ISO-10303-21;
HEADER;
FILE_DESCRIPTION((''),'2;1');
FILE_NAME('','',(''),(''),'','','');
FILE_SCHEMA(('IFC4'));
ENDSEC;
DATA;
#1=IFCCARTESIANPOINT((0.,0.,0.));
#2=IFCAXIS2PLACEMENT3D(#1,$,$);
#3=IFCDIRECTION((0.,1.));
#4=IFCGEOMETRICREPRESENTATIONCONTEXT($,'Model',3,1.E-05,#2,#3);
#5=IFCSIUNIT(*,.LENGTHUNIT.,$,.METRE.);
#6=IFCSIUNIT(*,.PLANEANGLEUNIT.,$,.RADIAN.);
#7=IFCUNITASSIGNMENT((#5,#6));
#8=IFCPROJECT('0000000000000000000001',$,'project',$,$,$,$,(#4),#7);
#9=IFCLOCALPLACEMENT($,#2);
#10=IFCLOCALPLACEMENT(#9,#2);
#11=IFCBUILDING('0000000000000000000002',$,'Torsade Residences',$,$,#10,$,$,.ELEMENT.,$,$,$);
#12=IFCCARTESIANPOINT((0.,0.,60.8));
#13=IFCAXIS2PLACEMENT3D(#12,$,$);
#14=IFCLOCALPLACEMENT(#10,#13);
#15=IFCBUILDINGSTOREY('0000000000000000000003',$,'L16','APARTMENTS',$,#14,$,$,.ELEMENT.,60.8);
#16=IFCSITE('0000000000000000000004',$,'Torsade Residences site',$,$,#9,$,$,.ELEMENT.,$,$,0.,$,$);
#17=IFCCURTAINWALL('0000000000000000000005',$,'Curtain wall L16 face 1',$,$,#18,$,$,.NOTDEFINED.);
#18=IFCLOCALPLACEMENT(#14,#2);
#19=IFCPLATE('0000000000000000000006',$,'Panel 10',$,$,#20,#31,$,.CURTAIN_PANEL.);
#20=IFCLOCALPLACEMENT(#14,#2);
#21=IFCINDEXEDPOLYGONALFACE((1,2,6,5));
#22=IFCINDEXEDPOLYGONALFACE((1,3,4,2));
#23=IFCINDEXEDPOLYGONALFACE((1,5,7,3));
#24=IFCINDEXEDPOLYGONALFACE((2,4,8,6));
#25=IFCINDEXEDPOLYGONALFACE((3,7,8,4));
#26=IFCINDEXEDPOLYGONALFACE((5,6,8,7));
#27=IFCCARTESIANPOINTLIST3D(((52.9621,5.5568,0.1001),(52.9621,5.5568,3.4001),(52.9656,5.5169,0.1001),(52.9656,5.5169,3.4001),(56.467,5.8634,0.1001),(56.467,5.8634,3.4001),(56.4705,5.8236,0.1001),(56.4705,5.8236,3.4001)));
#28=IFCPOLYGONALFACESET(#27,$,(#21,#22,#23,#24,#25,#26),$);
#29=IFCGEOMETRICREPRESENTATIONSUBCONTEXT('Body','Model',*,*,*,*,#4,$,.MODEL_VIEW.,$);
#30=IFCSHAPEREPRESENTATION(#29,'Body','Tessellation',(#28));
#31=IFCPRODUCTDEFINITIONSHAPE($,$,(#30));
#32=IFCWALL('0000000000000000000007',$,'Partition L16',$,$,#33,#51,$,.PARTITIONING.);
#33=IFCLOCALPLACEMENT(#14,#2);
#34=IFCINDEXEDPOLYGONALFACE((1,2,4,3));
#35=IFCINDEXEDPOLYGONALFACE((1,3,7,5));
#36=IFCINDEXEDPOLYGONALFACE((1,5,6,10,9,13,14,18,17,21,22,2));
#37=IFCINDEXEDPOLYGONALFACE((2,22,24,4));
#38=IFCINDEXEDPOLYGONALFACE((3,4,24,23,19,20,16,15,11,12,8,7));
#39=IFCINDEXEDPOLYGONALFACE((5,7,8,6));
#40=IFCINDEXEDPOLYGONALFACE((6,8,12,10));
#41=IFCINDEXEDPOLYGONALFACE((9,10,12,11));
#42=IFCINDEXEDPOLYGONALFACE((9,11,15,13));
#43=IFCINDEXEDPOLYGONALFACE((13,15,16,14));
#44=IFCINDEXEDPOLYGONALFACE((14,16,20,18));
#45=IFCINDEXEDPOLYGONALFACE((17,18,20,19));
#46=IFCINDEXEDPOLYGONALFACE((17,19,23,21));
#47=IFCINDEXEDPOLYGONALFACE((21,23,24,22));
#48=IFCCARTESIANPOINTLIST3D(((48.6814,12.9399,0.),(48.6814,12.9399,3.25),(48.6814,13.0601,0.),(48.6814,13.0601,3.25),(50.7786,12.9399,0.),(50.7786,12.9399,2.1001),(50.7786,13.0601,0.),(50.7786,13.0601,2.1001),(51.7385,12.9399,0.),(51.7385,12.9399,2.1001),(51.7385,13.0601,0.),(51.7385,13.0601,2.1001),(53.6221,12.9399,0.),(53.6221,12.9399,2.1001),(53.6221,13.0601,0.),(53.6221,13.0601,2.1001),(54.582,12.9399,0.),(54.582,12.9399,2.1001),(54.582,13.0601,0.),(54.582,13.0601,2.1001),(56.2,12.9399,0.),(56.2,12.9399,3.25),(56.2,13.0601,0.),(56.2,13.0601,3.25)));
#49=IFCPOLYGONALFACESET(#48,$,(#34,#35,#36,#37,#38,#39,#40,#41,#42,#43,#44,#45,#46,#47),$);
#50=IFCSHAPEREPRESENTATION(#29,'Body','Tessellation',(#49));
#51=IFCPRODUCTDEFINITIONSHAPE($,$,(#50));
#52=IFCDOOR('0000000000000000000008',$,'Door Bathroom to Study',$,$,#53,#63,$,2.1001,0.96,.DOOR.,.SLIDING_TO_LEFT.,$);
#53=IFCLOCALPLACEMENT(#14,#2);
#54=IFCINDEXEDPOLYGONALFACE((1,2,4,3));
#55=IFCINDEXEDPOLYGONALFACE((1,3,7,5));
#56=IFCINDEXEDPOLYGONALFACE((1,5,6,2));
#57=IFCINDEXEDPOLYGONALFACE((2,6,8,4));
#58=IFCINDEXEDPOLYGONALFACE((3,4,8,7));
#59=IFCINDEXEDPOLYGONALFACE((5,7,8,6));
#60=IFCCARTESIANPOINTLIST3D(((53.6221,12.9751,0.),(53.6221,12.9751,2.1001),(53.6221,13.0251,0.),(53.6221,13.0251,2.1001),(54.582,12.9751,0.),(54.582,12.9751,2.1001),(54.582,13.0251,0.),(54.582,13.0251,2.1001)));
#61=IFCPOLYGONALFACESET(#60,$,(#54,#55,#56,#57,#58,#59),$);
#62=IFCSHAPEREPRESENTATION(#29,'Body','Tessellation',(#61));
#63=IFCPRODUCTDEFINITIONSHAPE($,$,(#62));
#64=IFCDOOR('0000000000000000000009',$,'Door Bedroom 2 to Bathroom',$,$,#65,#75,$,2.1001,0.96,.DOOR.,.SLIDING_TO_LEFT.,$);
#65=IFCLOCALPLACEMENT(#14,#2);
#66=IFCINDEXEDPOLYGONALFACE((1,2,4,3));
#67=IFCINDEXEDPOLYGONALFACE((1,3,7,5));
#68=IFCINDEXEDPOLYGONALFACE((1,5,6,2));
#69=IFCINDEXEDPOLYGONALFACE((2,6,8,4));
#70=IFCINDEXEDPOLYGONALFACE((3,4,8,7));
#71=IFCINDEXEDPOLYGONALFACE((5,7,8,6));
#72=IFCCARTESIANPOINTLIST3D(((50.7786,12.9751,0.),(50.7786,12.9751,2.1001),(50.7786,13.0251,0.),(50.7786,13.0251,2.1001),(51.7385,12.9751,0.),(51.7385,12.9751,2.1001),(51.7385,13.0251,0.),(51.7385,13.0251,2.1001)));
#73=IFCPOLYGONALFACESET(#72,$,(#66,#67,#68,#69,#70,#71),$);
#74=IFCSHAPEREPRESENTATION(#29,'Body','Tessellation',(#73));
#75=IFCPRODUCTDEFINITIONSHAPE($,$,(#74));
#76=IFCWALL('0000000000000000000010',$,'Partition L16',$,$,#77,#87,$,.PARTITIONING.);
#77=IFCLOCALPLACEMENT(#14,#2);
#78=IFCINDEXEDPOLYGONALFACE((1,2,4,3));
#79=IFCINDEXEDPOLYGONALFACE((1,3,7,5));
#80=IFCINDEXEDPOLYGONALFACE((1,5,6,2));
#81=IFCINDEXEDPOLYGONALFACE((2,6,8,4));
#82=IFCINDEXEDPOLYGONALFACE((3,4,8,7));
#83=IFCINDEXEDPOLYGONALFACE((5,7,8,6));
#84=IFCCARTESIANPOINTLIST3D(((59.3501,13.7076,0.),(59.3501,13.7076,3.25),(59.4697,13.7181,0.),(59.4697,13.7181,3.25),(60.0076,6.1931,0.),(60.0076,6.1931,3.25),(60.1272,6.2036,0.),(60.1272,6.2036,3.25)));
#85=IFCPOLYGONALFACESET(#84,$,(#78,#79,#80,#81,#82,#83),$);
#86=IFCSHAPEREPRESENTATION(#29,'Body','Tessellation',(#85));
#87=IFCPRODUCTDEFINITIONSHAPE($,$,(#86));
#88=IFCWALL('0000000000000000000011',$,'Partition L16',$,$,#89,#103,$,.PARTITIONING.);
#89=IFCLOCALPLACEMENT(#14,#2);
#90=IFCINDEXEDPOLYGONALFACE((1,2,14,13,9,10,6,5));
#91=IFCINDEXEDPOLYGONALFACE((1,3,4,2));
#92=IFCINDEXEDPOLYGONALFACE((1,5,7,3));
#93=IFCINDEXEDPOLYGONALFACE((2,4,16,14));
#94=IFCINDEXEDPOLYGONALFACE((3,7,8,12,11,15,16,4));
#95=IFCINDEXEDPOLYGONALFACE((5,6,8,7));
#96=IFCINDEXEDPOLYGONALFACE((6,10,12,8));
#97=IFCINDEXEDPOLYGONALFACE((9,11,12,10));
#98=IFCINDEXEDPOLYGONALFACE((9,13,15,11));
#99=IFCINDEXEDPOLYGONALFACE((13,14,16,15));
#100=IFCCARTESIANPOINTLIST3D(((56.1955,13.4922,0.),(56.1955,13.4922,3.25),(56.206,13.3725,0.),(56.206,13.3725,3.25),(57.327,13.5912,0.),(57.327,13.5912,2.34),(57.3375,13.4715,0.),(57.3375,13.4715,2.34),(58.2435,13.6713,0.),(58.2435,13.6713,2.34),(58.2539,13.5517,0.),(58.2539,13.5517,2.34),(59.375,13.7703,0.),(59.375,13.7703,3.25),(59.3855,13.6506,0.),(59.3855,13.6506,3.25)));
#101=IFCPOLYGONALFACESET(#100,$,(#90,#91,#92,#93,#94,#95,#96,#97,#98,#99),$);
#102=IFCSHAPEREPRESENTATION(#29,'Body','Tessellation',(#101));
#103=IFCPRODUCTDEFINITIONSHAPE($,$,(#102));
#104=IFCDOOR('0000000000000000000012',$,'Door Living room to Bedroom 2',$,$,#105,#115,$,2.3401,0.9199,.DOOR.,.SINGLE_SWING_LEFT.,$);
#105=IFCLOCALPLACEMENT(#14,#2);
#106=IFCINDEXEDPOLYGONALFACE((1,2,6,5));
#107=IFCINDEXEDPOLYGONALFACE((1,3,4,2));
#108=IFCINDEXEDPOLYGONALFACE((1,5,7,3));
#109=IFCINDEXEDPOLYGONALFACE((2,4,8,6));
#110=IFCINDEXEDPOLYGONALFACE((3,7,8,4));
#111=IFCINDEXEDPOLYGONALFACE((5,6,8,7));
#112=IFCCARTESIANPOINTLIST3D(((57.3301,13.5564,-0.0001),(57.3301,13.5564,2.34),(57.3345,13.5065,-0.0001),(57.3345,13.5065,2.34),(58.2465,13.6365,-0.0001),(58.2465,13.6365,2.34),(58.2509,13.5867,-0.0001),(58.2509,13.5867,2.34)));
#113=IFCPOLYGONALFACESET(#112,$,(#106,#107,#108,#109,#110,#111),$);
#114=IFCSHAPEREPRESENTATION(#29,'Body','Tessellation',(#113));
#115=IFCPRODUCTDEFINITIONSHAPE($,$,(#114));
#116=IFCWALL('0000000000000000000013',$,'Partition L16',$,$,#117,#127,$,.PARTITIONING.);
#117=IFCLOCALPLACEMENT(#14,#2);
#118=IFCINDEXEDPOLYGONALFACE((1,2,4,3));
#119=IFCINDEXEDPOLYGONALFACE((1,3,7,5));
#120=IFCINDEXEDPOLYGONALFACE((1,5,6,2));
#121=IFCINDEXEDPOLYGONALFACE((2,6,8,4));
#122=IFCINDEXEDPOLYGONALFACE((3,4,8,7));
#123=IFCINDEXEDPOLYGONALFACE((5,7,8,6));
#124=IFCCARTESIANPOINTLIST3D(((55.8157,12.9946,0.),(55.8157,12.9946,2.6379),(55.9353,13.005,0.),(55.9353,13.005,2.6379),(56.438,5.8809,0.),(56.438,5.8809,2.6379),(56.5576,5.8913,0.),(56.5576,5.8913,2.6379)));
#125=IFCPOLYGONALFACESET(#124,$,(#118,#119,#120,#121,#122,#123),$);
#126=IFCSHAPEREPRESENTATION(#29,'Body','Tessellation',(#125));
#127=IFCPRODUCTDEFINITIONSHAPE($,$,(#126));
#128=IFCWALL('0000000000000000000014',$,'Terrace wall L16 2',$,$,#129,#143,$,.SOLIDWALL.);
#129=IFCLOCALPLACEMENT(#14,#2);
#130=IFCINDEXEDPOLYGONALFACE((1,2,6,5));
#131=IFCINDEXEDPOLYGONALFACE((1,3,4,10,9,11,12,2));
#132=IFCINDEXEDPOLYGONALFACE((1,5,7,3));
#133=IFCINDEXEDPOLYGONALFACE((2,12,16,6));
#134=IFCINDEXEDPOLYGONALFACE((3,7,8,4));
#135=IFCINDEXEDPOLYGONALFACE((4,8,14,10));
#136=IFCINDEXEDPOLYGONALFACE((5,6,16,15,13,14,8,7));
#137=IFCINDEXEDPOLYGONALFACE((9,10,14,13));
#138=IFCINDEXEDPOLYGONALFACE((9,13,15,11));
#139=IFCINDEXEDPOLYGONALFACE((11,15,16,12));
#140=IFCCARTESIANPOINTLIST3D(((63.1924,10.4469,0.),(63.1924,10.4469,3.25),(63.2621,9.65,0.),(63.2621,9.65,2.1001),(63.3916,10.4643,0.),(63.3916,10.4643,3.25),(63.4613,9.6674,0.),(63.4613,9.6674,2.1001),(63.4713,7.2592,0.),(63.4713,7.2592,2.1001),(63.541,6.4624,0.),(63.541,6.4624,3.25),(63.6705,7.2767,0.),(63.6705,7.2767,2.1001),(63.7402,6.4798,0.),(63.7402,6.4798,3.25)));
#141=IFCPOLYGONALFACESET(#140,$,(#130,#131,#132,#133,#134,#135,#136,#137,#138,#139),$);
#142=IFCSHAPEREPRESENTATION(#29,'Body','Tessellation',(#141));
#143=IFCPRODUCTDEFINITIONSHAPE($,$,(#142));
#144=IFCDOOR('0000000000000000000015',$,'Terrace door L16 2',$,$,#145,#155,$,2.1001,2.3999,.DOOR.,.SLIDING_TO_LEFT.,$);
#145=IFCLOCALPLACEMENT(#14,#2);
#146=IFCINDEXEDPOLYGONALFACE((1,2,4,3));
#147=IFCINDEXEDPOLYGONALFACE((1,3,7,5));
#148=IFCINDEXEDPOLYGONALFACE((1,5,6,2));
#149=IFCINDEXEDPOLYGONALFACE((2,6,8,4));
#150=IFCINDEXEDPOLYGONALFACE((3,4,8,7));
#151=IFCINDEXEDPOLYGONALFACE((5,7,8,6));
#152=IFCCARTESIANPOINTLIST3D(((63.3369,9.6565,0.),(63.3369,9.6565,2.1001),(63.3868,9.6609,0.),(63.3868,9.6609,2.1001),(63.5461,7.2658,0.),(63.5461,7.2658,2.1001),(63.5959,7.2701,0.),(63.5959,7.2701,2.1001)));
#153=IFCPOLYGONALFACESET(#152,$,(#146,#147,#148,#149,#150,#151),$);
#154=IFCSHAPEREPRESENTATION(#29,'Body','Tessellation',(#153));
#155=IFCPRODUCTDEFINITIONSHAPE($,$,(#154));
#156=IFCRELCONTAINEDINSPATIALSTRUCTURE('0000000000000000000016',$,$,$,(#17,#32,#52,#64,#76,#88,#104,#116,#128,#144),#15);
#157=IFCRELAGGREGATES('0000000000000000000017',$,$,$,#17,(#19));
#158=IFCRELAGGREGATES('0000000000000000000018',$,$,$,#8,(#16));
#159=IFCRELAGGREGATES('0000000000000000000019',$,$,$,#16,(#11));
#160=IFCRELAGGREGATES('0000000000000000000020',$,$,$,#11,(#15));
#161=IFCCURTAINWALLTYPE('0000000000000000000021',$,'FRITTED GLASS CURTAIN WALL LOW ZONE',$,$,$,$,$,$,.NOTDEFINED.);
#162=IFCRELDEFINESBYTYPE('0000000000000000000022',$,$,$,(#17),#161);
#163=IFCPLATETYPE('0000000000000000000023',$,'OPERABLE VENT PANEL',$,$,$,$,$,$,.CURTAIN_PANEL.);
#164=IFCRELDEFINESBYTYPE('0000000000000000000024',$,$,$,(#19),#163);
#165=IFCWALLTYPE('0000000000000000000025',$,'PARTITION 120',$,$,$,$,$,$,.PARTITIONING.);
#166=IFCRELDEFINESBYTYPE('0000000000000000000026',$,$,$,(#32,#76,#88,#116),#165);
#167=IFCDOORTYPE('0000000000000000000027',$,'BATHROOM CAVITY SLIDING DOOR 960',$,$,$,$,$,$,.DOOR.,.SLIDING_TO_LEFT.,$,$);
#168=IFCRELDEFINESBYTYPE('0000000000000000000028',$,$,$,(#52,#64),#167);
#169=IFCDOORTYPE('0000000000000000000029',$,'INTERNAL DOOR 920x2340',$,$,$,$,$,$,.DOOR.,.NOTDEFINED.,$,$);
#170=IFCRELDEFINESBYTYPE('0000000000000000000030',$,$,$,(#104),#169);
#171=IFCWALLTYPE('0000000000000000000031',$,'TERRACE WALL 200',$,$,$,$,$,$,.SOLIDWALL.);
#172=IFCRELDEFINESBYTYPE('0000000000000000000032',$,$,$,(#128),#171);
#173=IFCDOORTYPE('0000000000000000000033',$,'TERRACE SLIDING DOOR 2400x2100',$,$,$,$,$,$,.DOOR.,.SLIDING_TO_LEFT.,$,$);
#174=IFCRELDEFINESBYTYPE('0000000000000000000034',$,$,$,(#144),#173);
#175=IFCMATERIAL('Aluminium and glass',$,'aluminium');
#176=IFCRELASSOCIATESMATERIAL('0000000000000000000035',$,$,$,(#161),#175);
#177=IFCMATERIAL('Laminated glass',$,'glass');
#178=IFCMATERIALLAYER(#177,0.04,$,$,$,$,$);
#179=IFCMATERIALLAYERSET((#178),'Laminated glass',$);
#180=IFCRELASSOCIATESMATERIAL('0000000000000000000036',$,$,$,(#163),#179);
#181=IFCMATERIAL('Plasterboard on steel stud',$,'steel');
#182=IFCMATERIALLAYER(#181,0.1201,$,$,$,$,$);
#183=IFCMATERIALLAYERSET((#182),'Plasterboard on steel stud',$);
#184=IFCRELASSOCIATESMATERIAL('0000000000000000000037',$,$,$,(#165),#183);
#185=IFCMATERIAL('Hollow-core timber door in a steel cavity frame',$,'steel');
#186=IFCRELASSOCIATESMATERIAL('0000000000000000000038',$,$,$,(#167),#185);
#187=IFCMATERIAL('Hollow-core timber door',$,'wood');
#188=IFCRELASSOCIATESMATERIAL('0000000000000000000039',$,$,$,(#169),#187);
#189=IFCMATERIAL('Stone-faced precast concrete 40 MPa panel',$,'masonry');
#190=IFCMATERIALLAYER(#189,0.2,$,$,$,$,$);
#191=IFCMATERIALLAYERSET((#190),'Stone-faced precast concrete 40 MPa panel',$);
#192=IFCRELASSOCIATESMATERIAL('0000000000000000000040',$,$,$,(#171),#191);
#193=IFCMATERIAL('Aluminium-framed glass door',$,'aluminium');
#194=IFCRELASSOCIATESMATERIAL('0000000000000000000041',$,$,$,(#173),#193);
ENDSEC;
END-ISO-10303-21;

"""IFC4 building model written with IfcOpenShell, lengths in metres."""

from ifc_helpers import new_model, si_unit, direction, frame, frame_2d, origin, origin_2d, place, context, subcontext, project, spatial, rectangle, extrude, material, layer, layer_set, type_object, element, fill, aggregate, save


model = new_model("IFC4")

# Units and contexts
model_context = context("Model", 3, precision=1e-05, world=origin(), true_north=direction((0.0, 1.0)))
body_context = subcontext(model_context, "Body", "Model", "MODEL_VIEW")
ifc_project = project(units=[si_unit("LENGTHUNIT", "METRE"), si_unit("PLANEANGLEUNIT", "RADIAN")], contexts=[model_context])

# Site, building, storey
site_placement = place(None, origin())
site = spatial("IfcSite", under=ifc_project, at=site_placement, Name="Torsade Residences site", CompositionType="ELEMENT", RefElevation=0.0)
building_placement = place(site_placement, origin())
building = spatial("IfcBuilding", under=site, at=building_placement, Name="Torsade Residences", CompositionType="ELEMENT")
storey_placement = place(building_placement, frame((0.0, 0.0, 60.8)))
storey = spatial("IfcBuildingStorey", under=building, at=storey_placement, Name="L16", Description="APARTMENTS", CompositionType="ELEMENT", Elevation=60.8)

# Curtain wall
ifc_material_1 = material(Name="Aluminium and glass", Category="aluminium")
curtain_wall_type = type_object("IfcCurtainWallType", Name="FRITTED GLASS CURTAIN WALL LOW ZONE", PredefinedType="NOTDEFINED", material=ifc_material_1)
curtain_wall_1_placement = place(storey_placement, origin())
curtain_wall_1 = element("IfcCurtainWall", 1, at=curtain_wall_1_placement, inside=storey, type_object=curtain_wall_type, Name="Curtain wall L16 face 1", PredefinedType="NOTDEFINED")

# Plate
ifc_material_2 = material(Name="Laminated glass", Category="glass")
ifc_layer_1 = layer(ifc_material_2, 0.04)
ifc_layer_set_1 = layer_set([ifc_layer_1], Name="Laminated glass")
plate_type_1 = type_object("IfcPlateType", Name="OPERABLE VENT PANEL", PredefinedType="CURTAIN_PANEL", material=ifc_layer_set_1)
plate_1_placement = place(storey_placement, frame((54.7163, 5.6902, 0.1001), z_axis=(0.0, 0.0, 1.0), x_axis=(0.996195, 0.087156, 0.0)))
plate_1 = element("IfcPlate", 2, at=plate_1_placement, type_object=plate_type_1, Name="Panel 10", PredefinedType="CURTAIN_PANEL", context=body_context, shape_type="SweptSolid", body=[
    extrude(rectangle(XDim=3.5183, YDim=0.04, at=origin_2d()), origin(), (0.0, 0.0, 1.0), 3.3),
])
aggregate(curtain_wall_1, [plate_1])

# Wall, openings, doors
ifc_material_3 = material(Name="Plasterboard on steel stud", Category="steel")
ifc_layer_2 = layer(ifc_material_3, 0.1201)
ifc_layer_set_2 = layer_set([ifc_layer_2], Name="Plasterboard on steel stud")
wall_type_1 = type_object("IfcWallType", Name="PARTITION 120", PredefinedType="PARTITIONING", material=ifc_layer_set_2)
wall_1_placement = place(storey_placement, frame((56.2, 13.0, 0.0), z_axis=(0.0, 0.0, 1.0), x_axis=(-1.0, 0.0, 0.0)))
wall_1 = element("IfcWall", 3, at=wall_1_placement, inside=storey, type_object=wall_type_1, Name="Partition L16", PredefinedType="PARTITIONING", context=body_context, shape_type="SweptSolid", body=[
    extrude(rectangle(XDim=7.5186, YDim=0.1201, at=frame_2d((3.7593, 0.0))), origin(), (0.0, 0.0, 1.0), 3.25),
])
opening_1_placement = place(wall_1_placement, frame((1.6179, 0.0, 0.0)))
opening_1 = element("IfcOpeningElement", 4, at=opening_1_placement, cuts=wall_1, PredefinedType="OPENING", context=body_context, shape_type="SweptSolid", body=[
    extrude(rectangle(XDim=0.96, YDim=2.1001, at=frame_2d((0.48, 1.05))), frame((0.0, 0.0701, 0.0), z_axis=(0.0, -1.0, 0.0), x_axis=(1.0, 0.0, 0.0)), (0.0, 0.0, 1.0), 0.1401),
])
opening_2_placement = place(wall_1_placement, frame((4.4614, 0.0, 0.0)))
opening_2 = element("IfcOpeningElement", 5, at=opening_2_placement, cuts=wall_1, PredefinedType="OPENING", context=body_context, shape_type="SweptSolid", body=[
    extrude(rectangle(XDim=0.96, YDim=2.1001, at=frame_2d((0.48, 1.05))), frame((0.0, 0.0701, 0.0), z_axis=(0.0, -1.0, 0.0), x_axis=(1.0, 0.0, 0.0)), (0.0, 0.0, 1.0), 0.1401),
])
ifc_material_4 = material(Name="Hollow-core timber door in a steel cavity frame", Category="steel")
door_type_1 = type_object("IfcDoorType", Name="BATHROOM CAVITY SLIDING DOOR 960", OperationType="SLIDING_TO_LEFT", PredefinedType="DOOR", material=ifc_material_4)
door_1_placement = place(opening_1_placement, origin())
door_1 = element("IfcDoor", 6, at=door_1_placement, inside=storey, type_object=door_type_1, Name="Door Bathroom to Study", OperationType="SLIDING_TO_LEFT", OverallHeight=2.1001, OverallWidth=0.96, PredefinedType="DOOR", context=body_context, shape_type="SweptSolid", body=[
    extrude(rectangle(XDim=0.96, YDim=2.1001, at=frame_2d((0.48, 1.05))), frame((0.0, 0.0249, 0.0), z_axis=(0.0, -1.0, 0.0), x_axis=(1.0, 0.0, 0.0)), (0.0, 0.0, 1.0), 0.05),
])
fill(opening_1, door_1)
door_2_placement = place(opening_2_placement, origin())
door_2 = element("IfcDoor", 7, at=door_2_placement, inside=storey, type_object=door_type_1, Name="Door Bedroom 2 to Bathroom", OperationType="SLIDING_TO_LEFT", OverallHeight=2.1001, OverallWidth=0.96, PredefinedType="DOOR", context=body_context, shape_type="SweptSolid", body=[
    extrude(rectangle(XDim=0.96, YDim=2.1001, at=frame_2d((0.48, 1.05))), frame((0.0, 0.0249, 0.0), z_axis=(0.0, -1.0, 0.0), x_axis=(1.0, 0.0, 0.0)), (0.0, 0.0, 1.0), 0.05),
])
fill(opening_2, door_2)

# Wall
wall_2_placement = place(storey_placement, frame((60.0674, 6.1985, 0.0), z_axis=(0.0, 0.0, 1.0), x_axis=(-0.087162, 0.996194, 0.0)))
element("IfcWall", 8, at=wall_2_placement, inside=storey, type_object=wall_type_1, Name="Partition L16", PredefinedType="PARTITIONING", context=body_context, shape_type="SweptSolid", body=[
    extrude(rectangle(XDim=7.5432, YDim=0.1201, at=frame_2d((3.7715, 0.0))), origin(), (0.0, 0.0, 1.0), 3.25),
])

# Wall, opening, door
wall_3_placement = place(storey_placement, frame((59.3801, 13.7104, 0.0), z_axis=(0.0, 0.0, 1.0), x_axis=(-0.996197, -0.087128, 0.0)))
wall_3 = element("IfcWall", 9, at=wall_3_placement, inside=storey, type_object=wall_type_1, Name="Partition L16", PredefinedType="PARTITIONING", context=body_context, shape_type="SweptSolid", body=[
    extrude(rectangle(XDim=3.1917, YDim=0.1201, at=frame_2d((1.5957, 0.0))), origin(), (0.0, 0.0, 1.0), 3.25),
])
opening_3_placement = place(wall_3_placement, frame((1.1357, 0.0, 0.0)))
opening_3 = element("IfcOpeningElement", 10, at=opening_3_placement, cuts=wall_3, PredefinedType="OPENING", context=body_context, shape_type="SweptSolid", body=[
    extrude(rectangle(XDim=0.9199, YDim=2.3401, at=frame_2d((0.46, 1.1699))), frame((0.0, 0.0701, 0.0), z_axis=(0.0, -1.0, 0.0), x_axis=(1.0, 0.0, 0.0)), (0.0, 0.0, 1.0), 0.1401),
])
ifc_material_5 = material(Name="Hollow-core timber door", Category="wood")
door_type_2 = type_object("IfcDoorType", Name="INTERNAL DOOR 920x2340", OperationType="NOTDEFINED", PredefinedType="DOOR", material=ifc_material_5)
door_3_placement = place(opening_3_placement, origin())
door_3 = element("IfcDoor", 11, at=door_3_placement, inside=storey, type_object=door_type_2, Name="Door Living room to Bedroom 2", OperationType="SINGLE_SWING_LEFT", OverallHeight=2.3401, OverallWidth=0.9199, PredefinedType="DOOR", context=body_context, shape_type="SweptSolid", body=[
    extrude(rectangle(XDim=0.9199, YDim=2.3401, at=frame_2d((0.46, 1.1699))), frame((0.0, 0.0249, 0.0), z_axis=(0.0, -1.0, 0.0), x_axis=(1.0, 0.0, 0.0)), (0.0, 0.0, 1.0), 0.05),
])
fill(opening_3, door_3)

# Wall
wall_4_placement = place(storey_placement, frame((56.4978, 5.8862, 0.0), z_axis=(0.0, 0.0, 1.0), x_axis=(-0.087147, 0.996195, 0.0)))
element("IfcWall", 12, at=wall_4_placement, inside=storey, type_object=wall_type_1, Name="Partition L16", PredefinedType="PARTITIONING", context=body_context, shape_type="SweptSolid", body=[
    extrude(rectangle(XDim=7.1409, YDim=0.1201, at=frame_2d((3.5703, 0.0))), origin(), (0.0, 0.0, 1.0), 2.6379),
])

# Wall, opening, door
ifc_material_6 = material(Name="Stone-faced precast concrete 40 MPa panel", Category="masonry")
ifc_layer_3 = layer(ifc_material_6, 0.2)
ifc_layer_set_3 = layer_set([ifc_layer_3], Name="Stone-faced precast concrete 40 MPa panel")
wall_type_2 = type_object("IfcWallType", Name="TERRACE WALL 200", PredefinedType="SOLIDWALL", material=ifc_layer_set_3)
wall_5_placement = place(storey_placement, frame((63.6406, 6.4709, 0.0), z_axis=(0.0, 0.0, 1.0), x_axis=(-0.087162, 0.996194, 0.0)))
wall_5 = element("IfcWall", 13, at=wall_5_placement, inside=storey, type_object=wall_type_2, Name="Terrace wall L16 2", PredefinedType="SOLIDWALL", context=body_context, shape_type="SweptSolid", body=[
    extrude(rectangle(XDim=3.9998, YDim=0.2, at=frame_2d((2.0, 0.0))), origin(), (0.0, 0.0, 1.0), 3.25),
])
opening_4_placement = place(wall_5_placement, frame((0.8, 0.0, 0.0)))
opening_4 = element("IfcOpeningElement", 14, at=opening_4_placement, cuts=wall_5, PredefinedType="OPENING", context=body_context, shape_type="SweptSolid", body=[
    extrude(rectangle(XDim=2.3999, YDim=2.1001, at=frame_2d((1.2, 1.05))), frame((0.0, 0.1099, 0.0), z_axis=(0.0, -1.0, 0.0), x_axis=(1.0, 0.0, 0.0)), (0.0, 0.0, 1.0), 0.22),
])
ifc_material_7 = material(Name="Aluminium-framed glass door", Category="aluminium")
door_type_3 = type_object("IfcDoorType", Name="TERRACE SLIDING DOOR 2400x2100", OperationType="SLIDING_TO_LEFT", PredefinedType="DOOR", material=ifc_material_7)
door_4_placement = place(opening_4_placement, origin())
door_4 = element("IfcDoor", 15, at=door_4_placement, inside=storey, type_object=door_type_3, Name="Terrace door L16 2", OperationType="SLIDING_TO_LEFT", OverallHeight=2.1001, OverallWidth=2.3999, PredefinedType="DOOR", context=body_context, shape_type="SweptSolid", body=[
    extrude(rectangle(XDim=2.3999, YDim=2.1001, at=frame_2d((1.2, 1.05))), frame((0.0, 0.0249, 0.0), z_axis=(0.0, -1.0, 0.0), x_axis=(1.0, 0.0, 0.0)), (0.0, 0.0, 1.0), 0.05),
])
fill(opening_4, door_4)

save(model, "model.ifc")
